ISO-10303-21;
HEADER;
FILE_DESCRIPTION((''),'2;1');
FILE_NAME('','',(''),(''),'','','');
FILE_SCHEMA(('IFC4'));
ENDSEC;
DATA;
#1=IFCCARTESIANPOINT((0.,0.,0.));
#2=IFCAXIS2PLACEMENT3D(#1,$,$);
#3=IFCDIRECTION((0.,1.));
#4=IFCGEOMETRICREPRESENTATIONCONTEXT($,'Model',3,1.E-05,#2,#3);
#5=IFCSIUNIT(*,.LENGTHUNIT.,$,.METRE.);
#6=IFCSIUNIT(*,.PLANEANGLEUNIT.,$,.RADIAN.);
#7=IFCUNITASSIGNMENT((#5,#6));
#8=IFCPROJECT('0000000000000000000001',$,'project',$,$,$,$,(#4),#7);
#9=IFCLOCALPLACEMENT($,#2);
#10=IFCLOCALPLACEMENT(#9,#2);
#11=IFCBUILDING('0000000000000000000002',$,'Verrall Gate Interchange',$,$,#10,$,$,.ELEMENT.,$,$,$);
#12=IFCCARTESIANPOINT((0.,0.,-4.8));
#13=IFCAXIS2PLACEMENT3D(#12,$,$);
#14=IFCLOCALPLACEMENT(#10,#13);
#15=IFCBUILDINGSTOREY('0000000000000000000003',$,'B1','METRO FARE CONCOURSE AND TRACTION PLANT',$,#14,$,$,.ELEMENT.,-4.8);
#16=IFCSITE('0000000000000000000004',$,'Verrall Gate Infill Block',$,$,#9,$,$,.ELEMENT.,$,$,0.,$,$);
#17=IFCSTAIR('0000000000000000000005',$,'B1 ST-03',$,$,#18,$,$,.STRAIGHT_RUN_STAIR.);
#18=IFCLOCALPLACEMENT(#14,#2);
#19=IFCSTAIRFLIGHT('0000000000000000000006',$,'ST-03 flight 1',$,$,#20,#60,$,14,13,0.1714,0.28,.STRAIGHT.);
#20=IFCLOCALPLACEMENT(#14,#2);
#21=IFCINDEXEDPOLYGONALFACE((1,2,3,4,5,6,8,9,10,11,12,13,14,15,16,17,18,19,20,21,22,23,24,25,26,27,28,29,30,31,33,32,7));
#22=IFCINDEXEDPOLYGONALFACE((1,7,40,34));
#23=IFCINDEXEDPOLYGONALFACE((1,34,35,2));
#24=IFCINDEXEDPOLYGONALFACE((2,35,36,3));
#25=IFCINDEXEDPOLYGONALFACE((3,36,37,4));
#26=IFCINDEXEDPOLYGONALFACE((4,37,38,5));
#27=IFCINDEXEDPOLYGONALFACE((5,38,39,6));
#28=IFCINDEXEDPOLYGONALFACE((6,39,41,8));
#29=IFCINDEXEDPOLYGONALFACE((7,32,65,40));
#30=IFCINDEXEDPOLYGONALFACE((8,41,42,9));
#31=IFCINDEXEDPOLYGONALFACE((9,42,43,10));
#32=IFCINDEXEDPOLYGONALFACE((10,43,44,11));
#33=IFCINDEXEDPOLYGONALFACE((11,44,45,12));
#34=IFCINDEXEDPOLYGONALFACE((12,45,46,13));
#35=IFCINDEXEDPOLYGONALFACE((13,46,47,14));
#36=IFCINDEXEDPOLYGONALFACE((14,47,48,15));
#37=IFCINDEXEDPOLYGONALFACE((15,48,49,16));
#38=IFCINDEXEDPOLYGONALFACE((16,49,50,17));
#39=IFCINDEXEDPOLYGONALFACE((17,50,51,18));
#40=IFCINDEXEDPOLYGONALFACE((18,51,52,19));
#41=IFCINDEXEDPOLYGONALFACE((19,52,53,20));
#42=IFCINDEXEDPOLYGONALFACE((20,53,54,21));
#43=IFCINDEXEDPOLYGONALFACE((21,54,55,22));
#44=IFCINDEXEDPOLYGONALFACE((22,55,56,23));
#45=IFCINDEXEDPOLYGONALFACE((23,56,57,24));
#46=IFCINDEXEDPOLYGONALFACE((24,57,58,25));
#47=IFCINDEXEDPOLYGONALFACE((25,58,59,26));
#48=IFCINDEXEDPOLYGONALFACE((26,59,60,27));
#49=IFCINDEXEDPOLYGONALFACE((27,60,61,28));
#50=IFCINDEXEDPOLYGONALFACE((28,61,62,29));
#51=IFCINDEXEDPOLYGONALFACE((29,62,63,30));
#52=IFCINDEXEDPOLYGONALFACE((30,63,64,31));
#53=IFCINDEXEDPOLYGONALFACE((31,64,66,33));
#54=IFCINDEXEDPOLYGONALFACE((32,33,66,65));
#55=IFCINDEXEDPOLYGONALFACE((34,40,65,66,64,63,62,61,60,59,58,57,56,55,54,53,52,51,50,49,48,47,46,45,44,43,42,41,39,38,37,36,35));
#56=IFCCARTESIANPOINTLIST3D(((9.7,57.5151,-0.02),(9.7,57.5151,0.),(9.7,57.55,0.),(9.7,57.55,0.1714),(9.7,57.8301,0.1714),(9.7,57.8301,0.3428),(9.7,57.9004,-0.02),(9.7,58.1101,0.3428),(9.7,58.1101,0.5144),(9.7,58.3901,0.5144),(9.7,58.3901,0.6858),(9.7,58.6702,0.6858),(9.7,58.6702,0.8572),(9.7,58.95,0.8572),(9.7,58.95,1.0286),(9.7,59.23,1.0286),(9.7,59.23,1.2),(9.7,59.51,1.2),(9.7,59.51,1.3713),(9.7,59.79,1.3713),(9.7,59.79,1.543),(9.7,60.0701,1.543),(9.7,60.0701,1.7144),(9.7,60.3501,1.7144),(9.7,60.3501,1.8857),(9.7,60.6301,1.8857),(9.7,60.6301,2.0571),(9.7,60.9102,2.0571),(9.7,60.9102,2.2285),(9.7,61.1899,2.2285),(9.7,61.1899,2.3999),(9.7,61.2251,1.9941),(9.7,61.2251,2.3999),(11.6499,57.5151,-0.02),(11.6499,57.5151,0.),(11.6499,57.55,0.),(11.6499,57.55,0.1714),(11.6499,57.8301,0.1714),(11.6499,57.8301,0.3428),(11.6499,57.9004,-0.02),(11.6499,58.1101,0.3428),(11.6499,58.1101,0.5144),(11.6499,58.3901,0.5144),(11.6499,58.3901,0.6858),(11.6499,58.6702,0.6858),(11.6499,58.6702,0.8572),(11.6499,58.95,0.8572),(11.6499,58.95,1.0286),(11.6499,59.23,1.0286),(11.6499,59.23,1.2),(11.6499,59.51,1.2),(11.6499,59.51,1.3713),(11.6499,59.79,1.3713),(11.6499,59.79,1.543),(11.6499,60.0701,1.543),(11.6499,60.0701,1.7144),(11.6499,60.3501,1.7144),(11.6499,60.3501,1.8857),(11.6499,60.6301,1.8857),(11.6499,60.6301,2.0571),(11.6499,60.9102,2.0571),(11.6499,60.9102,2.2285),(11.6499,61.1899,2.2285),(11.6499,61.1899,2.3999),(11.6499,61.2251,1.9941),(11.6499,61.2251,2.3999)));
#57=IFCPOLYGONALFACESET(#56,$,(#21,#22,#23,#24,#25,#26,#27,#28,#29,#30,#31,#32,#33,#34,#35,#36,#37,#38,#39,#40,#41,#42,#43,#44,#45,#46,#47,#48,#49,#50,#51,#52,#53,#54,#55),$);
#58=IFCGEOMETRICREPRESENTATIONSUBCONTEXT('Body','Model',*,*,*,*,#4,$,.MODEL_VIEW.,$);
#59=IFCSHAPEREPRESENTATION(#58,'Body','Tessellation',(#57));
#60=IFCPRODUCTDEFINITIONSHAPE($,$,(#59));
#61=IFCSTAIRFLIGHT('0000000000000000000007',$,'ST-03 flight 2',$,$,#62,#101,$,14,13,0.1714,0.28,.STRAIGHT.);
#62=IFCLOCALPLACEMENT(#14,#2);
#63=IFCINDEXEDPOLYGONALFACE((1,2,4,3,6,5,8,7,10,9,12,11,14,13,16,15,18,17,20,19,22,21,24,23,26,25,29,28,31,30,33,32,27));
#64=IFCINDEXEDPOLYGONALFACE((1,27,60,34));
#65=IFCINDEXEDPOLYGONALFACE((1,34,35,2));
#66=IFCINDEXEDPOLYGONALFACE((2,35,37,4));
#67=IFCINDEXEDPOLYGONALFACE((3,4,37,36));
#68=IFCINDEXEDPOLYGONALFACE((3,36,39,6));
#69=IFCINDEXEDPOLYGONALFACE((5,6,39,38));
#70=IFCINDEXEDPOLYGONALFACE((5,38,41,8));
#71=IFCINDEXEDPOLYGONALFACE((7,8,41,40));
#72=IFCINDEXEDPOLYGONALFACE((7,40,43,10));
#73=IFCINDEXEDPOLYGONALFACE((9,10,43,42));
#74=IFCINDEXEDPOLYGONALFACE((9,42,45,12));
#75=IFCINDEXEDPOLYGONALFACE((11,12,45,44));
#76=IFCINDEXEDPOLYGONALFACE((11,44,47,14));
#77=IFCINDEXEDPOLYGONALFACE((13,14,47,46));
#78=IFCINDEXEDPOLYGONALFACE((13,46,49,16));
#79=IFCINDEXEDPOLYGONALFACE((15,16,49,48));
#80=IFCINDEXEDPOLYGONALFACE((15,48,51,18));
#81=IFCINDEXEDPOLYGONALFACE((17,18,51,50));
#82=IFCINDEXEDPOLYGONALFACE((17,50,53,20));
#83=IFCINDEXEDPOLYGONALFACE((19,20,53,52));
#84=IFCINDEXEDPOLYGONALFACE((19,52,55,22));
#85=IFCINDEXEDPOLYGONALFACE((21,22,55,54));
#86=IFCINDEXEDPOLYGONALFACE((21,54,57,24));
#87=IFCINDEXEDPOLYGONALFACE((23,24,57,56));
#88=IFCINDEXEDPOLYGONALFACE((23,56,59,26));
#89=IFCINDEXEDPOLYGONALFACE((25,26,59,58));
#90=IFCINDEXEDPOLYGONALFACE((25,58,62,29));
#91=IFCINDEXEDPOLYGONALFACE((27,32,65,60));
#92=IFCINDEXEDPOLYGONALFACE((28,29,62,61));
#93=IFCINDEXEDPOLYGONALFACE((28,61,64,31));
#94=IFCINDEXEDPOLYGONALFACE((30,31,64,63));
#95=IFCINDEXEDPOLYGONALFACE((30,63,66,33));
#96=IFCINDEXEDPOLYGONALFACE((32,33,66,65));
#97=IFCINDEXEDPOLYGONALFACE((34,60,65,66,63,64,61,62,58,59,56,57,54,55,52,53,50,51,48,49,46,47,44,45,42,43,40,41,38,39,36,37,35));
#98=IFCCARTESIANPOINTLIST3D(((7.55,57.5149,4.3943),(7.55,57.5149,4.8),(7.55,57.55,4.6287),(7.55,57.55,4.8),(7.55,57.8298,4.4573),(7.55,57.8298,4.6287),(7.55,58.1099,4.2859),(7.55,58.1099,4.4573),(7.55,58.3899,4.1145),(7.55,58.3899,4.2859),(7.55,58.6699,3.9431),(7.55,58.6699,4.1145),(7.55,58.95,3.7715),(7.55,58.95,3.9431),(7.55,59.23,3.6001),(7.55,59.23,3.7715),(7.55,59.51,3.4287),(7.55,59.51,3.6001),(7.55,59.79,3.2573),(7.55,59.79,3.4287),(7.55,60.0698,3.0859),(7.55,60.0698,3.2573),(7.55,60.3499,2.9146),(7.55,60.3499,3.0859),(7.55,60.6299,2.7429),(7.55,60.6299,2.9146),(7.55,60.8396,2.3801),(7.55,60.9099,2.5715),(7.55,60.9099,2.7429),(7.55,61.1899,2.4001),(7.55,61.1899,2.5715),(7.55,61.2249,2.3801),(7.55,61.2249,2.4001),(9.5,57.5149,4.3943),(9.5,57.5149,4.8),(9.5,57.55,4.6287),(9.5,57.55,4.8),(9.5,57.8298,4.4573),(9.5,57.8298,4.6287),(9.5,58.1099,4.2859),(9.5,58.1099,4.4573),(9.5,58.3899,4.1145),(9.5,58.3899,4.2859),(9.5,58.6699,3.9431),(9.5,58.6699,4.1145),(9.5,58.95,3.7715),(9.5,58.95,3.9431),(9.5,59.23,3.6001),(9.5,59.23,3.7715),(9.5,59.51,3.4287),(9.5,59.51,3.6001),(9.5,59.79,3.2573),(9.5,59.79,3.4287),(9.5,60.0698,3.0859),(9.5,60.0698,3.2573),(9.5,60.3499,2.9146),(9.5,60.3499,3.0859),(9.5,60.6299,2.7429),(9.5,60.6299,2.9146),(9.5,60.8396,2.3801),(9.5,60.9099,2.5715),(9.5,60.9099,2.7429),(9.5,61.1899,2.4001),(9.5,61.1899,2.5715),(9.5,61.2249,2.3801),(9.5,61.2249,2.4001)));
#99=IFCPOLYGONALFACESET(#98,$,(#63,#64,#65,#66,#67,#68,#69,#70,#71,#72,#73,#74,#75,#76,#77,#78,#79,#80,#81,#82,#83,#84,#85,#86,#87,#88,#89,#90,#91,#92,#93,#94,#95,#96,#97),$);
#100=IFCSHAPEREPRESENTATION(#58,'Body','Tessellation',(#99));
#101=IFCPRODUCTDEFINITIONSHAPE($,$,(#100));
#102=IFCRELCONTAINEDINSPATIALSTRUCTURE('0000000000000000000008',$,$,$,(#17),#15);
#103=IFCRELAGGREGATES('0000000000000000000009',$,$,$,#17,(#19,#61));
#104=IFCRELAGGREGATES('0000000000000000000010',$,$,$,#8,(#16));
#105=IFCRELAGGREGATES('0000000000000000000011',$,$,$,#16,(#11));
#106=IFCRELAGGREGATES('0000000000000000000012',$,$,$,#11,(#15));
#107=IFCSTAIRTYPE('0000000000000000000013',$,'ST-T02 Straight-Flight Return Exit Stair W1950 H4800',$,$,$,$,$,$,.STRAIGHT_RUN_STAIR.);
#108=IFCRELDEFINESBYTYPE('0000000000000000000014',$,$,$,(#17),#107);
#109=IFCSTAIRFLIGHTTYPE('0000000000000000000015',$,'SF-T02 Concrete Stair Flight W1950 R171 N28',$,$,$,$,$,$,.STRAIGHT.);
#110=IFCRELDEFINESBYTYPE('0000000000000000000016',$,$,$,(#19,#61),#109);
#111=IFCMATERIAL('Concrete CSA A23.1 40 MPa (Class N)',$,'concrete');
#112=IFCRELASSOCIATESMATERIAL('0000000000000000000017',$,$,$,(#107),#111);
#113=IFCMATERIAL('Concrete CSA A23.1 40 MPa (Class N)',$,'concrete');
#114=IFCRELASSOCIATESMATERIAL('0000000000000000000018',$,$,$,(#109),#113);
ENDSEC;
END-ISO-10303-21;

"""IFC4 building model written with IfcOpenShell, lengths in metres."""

from ifc_helpers import new_model, si_unit, direction, frame, origin, place, context, subcontext, project, spatial, polyline, outline, extrude, material, type_object, element, aggregate, save


model = new_model("IFC4")

# Units and contexts
model_context = context("Model", 3, precision=1e-05, world=origin(), true_north=direction((0.0, 1.0)))
body_context = subcontext(model_context, "Body", "Model", "MODEL_VIEW")
ifc_project = project(units=[si_unit("LENGTHUNIT", "METRE"), si_unit("PLANEANGLEUNIT", "RADIAN")], contexts=[model_context])

# Site, building, storey
site_placement = place(None, origin())
site = spatial("IfcSite", under=ifc_project, at=site_placement, Name="Verrall Gate Infill Block", CompositionType="ELEMENT", RefElevation=0.0)
building_placement = place(site_placement, origin())
building = spatial("IfcBuilding", under=site, at=building_placement, Name="Verrall Gate Interchange", CompositionType="ELEMENT")
storey_placement = place(building_placement, frame((0.0, 0.0, -4.8)))
storey = spatial("IfcBuildingStorey", under=building, at=storey_placement, Name="B1", Description="METRO FARE CONCOURSE AND TRACTION PLANT", CompositionType="ELEMENT", Elevation=-4.8)

# Stair, stair flights
ifc_material_1 = material(Name="Concrete CSA A23.1 40 MPa (Class N)", Category="concrete")
stair_type = type_object("IfcStairType", Name="ST-T02 Straight-Flight Return Exit Stair W1950 H4800", PredefinedType="STRAIGHT_RUN_STAIR", material=ifc_material_1)
stair_placement = place(storey_placement, origin())
stair = element("IfcStair", 1, at=stair_placement, inside=storey, type_object=stair_type, Name="B1 ST-03", PredefinedType="STRAIGHT_RUN_STAIR")
ifc_material_2 = material(Name="Concrete CSA A23.1 40 MPa (Class N)", Category="concrete")
stair_flight_type = type_object("IfcStairFlightType", Name="SF-T02 Concrete Stair Flight W1950 R171 N28", PredefinedType="STRAIGHT", material=ifc_material_2)
stair_flight_1_placement = place(storey_placement, frame((10.675, 57.55, 0.0), z_axis=(0.0, 0.0, 1.0), x_axis=(0.0, 1.0, 0.0)))
stair_flight_1 = element("IfcStairFlight", 2, at=stair_flight_1_placement, type_object=stair_flight_type, Name="ST-03 flight 1", NumberOfRisers=14, NumberOfTreads=13, PredefinedType="STRAIGHT", RiserHeight=0.1714, TreadLength=0.28, context=body_context, shape_type="SweptSolid", body=[
    extrude(outline(polyline([(-0.0349, -0.02), (-0.0349, 0.0), (0.0, 0.0), (0.0, 0.1714), (0.28, 0.1714), (0.28, 0.3428), (0.5601, 0.3428), (0.5601, 0.5144), (0.8401, 0.5144), (0.8401, 0.6858), (1.1201, 0.6858), (1.1201, 0.8572), (1.3999, 0.8572), (1.3999, 1.0286), (1.6799, 1.0286), (1.6799, 1.2), (1.96, 1.2), (1.96, 1.3713), (2.24, 1.3713), (2.24, 1.543), (2.52, 1.543), (2.52, 1.7144), (2.8, 1.7144), (2.8, 1.8857), (3.0801, 1.8857), (3.0801, 2.0571), (3.3601, 2.0571), (3.3601, 2.2285), (3.6399, 2.2285), (3.6399, 2.3999), (3.675, 2.3999), (3.675, 1.9941), (0.3503, -0.02), (-0.0349, -0.02)])), frame((0.0, 0.9751, 0.0), z_axis=(0.0, -1.0, 0.0), x_axis=(1.0, 0.0, 0.0)), (0.0, 0.0, 1.0), 1.95),
])
stair_flight_2_placement = place(storey_placement, frame((8.5249, 61.1899, 2.4001), z_axis=(0.0, 0.0, 1.0), x_axis=(0.0, -1.0, 0.0)))
stair_flight_2 = element("IfcStairFlight", 3, at=stair_flight_2_placement, type_object=stair_flight_type, Name="ST-03 flight 2", NumberOfRisers=14, NumberOfTreads=13, PredefinedType="STRAIGHT", RiserHeight=0.1714, TreadLength=0.28, context=body_context, shape_type="SweptSolid", body=[
    extrude(outline(polyline([(-0.0349, -0.02), (-0.0349, 0.0), (0.0, 0.0), (0.0, 0.1714), (0.28, 0.1714), (0.28, 0.3428), (0.5601, 0.3428), (0.5601, 0.5144), (0.8401, 0.5144), (0.8401, 0.6858), (1.1201, 0.6858), (1.1201, 0.8572), (1.3999, 0.8572), (1.3999, 1.0286), (1.6799, 1.0286), (1.6799, 1.2), (1.96, 1.2), (1.96, 1.3713), (2.24, 1.3713), (2.24, 1.543), (2.52, 1.543), (2.52, 1.7144), (2.8, 1.7144), (2.8, 1.8857), (3.0801, 1.8857), (3.0801, 2.0571), (3.3601, 2.0571), (3.3601, 2.2285), (3.6399, 2.2285), (3.6399, 2.3999), (3.675, 2.3999), (3.675, 1.9941), (0.3503, -0.02), (-0.0349, -0.02)])), frame((0.0, 0.9751, 0.0), z_axis=(0.0, -1.0, 0.0), x_axis=(1.0, 0.0, 0.0)), (0.0, 0.0, 1.0), 1.95),
])
aggregate(stair, [stair_flight_1, stair_flight_2])

save(model, "model.ifc")
